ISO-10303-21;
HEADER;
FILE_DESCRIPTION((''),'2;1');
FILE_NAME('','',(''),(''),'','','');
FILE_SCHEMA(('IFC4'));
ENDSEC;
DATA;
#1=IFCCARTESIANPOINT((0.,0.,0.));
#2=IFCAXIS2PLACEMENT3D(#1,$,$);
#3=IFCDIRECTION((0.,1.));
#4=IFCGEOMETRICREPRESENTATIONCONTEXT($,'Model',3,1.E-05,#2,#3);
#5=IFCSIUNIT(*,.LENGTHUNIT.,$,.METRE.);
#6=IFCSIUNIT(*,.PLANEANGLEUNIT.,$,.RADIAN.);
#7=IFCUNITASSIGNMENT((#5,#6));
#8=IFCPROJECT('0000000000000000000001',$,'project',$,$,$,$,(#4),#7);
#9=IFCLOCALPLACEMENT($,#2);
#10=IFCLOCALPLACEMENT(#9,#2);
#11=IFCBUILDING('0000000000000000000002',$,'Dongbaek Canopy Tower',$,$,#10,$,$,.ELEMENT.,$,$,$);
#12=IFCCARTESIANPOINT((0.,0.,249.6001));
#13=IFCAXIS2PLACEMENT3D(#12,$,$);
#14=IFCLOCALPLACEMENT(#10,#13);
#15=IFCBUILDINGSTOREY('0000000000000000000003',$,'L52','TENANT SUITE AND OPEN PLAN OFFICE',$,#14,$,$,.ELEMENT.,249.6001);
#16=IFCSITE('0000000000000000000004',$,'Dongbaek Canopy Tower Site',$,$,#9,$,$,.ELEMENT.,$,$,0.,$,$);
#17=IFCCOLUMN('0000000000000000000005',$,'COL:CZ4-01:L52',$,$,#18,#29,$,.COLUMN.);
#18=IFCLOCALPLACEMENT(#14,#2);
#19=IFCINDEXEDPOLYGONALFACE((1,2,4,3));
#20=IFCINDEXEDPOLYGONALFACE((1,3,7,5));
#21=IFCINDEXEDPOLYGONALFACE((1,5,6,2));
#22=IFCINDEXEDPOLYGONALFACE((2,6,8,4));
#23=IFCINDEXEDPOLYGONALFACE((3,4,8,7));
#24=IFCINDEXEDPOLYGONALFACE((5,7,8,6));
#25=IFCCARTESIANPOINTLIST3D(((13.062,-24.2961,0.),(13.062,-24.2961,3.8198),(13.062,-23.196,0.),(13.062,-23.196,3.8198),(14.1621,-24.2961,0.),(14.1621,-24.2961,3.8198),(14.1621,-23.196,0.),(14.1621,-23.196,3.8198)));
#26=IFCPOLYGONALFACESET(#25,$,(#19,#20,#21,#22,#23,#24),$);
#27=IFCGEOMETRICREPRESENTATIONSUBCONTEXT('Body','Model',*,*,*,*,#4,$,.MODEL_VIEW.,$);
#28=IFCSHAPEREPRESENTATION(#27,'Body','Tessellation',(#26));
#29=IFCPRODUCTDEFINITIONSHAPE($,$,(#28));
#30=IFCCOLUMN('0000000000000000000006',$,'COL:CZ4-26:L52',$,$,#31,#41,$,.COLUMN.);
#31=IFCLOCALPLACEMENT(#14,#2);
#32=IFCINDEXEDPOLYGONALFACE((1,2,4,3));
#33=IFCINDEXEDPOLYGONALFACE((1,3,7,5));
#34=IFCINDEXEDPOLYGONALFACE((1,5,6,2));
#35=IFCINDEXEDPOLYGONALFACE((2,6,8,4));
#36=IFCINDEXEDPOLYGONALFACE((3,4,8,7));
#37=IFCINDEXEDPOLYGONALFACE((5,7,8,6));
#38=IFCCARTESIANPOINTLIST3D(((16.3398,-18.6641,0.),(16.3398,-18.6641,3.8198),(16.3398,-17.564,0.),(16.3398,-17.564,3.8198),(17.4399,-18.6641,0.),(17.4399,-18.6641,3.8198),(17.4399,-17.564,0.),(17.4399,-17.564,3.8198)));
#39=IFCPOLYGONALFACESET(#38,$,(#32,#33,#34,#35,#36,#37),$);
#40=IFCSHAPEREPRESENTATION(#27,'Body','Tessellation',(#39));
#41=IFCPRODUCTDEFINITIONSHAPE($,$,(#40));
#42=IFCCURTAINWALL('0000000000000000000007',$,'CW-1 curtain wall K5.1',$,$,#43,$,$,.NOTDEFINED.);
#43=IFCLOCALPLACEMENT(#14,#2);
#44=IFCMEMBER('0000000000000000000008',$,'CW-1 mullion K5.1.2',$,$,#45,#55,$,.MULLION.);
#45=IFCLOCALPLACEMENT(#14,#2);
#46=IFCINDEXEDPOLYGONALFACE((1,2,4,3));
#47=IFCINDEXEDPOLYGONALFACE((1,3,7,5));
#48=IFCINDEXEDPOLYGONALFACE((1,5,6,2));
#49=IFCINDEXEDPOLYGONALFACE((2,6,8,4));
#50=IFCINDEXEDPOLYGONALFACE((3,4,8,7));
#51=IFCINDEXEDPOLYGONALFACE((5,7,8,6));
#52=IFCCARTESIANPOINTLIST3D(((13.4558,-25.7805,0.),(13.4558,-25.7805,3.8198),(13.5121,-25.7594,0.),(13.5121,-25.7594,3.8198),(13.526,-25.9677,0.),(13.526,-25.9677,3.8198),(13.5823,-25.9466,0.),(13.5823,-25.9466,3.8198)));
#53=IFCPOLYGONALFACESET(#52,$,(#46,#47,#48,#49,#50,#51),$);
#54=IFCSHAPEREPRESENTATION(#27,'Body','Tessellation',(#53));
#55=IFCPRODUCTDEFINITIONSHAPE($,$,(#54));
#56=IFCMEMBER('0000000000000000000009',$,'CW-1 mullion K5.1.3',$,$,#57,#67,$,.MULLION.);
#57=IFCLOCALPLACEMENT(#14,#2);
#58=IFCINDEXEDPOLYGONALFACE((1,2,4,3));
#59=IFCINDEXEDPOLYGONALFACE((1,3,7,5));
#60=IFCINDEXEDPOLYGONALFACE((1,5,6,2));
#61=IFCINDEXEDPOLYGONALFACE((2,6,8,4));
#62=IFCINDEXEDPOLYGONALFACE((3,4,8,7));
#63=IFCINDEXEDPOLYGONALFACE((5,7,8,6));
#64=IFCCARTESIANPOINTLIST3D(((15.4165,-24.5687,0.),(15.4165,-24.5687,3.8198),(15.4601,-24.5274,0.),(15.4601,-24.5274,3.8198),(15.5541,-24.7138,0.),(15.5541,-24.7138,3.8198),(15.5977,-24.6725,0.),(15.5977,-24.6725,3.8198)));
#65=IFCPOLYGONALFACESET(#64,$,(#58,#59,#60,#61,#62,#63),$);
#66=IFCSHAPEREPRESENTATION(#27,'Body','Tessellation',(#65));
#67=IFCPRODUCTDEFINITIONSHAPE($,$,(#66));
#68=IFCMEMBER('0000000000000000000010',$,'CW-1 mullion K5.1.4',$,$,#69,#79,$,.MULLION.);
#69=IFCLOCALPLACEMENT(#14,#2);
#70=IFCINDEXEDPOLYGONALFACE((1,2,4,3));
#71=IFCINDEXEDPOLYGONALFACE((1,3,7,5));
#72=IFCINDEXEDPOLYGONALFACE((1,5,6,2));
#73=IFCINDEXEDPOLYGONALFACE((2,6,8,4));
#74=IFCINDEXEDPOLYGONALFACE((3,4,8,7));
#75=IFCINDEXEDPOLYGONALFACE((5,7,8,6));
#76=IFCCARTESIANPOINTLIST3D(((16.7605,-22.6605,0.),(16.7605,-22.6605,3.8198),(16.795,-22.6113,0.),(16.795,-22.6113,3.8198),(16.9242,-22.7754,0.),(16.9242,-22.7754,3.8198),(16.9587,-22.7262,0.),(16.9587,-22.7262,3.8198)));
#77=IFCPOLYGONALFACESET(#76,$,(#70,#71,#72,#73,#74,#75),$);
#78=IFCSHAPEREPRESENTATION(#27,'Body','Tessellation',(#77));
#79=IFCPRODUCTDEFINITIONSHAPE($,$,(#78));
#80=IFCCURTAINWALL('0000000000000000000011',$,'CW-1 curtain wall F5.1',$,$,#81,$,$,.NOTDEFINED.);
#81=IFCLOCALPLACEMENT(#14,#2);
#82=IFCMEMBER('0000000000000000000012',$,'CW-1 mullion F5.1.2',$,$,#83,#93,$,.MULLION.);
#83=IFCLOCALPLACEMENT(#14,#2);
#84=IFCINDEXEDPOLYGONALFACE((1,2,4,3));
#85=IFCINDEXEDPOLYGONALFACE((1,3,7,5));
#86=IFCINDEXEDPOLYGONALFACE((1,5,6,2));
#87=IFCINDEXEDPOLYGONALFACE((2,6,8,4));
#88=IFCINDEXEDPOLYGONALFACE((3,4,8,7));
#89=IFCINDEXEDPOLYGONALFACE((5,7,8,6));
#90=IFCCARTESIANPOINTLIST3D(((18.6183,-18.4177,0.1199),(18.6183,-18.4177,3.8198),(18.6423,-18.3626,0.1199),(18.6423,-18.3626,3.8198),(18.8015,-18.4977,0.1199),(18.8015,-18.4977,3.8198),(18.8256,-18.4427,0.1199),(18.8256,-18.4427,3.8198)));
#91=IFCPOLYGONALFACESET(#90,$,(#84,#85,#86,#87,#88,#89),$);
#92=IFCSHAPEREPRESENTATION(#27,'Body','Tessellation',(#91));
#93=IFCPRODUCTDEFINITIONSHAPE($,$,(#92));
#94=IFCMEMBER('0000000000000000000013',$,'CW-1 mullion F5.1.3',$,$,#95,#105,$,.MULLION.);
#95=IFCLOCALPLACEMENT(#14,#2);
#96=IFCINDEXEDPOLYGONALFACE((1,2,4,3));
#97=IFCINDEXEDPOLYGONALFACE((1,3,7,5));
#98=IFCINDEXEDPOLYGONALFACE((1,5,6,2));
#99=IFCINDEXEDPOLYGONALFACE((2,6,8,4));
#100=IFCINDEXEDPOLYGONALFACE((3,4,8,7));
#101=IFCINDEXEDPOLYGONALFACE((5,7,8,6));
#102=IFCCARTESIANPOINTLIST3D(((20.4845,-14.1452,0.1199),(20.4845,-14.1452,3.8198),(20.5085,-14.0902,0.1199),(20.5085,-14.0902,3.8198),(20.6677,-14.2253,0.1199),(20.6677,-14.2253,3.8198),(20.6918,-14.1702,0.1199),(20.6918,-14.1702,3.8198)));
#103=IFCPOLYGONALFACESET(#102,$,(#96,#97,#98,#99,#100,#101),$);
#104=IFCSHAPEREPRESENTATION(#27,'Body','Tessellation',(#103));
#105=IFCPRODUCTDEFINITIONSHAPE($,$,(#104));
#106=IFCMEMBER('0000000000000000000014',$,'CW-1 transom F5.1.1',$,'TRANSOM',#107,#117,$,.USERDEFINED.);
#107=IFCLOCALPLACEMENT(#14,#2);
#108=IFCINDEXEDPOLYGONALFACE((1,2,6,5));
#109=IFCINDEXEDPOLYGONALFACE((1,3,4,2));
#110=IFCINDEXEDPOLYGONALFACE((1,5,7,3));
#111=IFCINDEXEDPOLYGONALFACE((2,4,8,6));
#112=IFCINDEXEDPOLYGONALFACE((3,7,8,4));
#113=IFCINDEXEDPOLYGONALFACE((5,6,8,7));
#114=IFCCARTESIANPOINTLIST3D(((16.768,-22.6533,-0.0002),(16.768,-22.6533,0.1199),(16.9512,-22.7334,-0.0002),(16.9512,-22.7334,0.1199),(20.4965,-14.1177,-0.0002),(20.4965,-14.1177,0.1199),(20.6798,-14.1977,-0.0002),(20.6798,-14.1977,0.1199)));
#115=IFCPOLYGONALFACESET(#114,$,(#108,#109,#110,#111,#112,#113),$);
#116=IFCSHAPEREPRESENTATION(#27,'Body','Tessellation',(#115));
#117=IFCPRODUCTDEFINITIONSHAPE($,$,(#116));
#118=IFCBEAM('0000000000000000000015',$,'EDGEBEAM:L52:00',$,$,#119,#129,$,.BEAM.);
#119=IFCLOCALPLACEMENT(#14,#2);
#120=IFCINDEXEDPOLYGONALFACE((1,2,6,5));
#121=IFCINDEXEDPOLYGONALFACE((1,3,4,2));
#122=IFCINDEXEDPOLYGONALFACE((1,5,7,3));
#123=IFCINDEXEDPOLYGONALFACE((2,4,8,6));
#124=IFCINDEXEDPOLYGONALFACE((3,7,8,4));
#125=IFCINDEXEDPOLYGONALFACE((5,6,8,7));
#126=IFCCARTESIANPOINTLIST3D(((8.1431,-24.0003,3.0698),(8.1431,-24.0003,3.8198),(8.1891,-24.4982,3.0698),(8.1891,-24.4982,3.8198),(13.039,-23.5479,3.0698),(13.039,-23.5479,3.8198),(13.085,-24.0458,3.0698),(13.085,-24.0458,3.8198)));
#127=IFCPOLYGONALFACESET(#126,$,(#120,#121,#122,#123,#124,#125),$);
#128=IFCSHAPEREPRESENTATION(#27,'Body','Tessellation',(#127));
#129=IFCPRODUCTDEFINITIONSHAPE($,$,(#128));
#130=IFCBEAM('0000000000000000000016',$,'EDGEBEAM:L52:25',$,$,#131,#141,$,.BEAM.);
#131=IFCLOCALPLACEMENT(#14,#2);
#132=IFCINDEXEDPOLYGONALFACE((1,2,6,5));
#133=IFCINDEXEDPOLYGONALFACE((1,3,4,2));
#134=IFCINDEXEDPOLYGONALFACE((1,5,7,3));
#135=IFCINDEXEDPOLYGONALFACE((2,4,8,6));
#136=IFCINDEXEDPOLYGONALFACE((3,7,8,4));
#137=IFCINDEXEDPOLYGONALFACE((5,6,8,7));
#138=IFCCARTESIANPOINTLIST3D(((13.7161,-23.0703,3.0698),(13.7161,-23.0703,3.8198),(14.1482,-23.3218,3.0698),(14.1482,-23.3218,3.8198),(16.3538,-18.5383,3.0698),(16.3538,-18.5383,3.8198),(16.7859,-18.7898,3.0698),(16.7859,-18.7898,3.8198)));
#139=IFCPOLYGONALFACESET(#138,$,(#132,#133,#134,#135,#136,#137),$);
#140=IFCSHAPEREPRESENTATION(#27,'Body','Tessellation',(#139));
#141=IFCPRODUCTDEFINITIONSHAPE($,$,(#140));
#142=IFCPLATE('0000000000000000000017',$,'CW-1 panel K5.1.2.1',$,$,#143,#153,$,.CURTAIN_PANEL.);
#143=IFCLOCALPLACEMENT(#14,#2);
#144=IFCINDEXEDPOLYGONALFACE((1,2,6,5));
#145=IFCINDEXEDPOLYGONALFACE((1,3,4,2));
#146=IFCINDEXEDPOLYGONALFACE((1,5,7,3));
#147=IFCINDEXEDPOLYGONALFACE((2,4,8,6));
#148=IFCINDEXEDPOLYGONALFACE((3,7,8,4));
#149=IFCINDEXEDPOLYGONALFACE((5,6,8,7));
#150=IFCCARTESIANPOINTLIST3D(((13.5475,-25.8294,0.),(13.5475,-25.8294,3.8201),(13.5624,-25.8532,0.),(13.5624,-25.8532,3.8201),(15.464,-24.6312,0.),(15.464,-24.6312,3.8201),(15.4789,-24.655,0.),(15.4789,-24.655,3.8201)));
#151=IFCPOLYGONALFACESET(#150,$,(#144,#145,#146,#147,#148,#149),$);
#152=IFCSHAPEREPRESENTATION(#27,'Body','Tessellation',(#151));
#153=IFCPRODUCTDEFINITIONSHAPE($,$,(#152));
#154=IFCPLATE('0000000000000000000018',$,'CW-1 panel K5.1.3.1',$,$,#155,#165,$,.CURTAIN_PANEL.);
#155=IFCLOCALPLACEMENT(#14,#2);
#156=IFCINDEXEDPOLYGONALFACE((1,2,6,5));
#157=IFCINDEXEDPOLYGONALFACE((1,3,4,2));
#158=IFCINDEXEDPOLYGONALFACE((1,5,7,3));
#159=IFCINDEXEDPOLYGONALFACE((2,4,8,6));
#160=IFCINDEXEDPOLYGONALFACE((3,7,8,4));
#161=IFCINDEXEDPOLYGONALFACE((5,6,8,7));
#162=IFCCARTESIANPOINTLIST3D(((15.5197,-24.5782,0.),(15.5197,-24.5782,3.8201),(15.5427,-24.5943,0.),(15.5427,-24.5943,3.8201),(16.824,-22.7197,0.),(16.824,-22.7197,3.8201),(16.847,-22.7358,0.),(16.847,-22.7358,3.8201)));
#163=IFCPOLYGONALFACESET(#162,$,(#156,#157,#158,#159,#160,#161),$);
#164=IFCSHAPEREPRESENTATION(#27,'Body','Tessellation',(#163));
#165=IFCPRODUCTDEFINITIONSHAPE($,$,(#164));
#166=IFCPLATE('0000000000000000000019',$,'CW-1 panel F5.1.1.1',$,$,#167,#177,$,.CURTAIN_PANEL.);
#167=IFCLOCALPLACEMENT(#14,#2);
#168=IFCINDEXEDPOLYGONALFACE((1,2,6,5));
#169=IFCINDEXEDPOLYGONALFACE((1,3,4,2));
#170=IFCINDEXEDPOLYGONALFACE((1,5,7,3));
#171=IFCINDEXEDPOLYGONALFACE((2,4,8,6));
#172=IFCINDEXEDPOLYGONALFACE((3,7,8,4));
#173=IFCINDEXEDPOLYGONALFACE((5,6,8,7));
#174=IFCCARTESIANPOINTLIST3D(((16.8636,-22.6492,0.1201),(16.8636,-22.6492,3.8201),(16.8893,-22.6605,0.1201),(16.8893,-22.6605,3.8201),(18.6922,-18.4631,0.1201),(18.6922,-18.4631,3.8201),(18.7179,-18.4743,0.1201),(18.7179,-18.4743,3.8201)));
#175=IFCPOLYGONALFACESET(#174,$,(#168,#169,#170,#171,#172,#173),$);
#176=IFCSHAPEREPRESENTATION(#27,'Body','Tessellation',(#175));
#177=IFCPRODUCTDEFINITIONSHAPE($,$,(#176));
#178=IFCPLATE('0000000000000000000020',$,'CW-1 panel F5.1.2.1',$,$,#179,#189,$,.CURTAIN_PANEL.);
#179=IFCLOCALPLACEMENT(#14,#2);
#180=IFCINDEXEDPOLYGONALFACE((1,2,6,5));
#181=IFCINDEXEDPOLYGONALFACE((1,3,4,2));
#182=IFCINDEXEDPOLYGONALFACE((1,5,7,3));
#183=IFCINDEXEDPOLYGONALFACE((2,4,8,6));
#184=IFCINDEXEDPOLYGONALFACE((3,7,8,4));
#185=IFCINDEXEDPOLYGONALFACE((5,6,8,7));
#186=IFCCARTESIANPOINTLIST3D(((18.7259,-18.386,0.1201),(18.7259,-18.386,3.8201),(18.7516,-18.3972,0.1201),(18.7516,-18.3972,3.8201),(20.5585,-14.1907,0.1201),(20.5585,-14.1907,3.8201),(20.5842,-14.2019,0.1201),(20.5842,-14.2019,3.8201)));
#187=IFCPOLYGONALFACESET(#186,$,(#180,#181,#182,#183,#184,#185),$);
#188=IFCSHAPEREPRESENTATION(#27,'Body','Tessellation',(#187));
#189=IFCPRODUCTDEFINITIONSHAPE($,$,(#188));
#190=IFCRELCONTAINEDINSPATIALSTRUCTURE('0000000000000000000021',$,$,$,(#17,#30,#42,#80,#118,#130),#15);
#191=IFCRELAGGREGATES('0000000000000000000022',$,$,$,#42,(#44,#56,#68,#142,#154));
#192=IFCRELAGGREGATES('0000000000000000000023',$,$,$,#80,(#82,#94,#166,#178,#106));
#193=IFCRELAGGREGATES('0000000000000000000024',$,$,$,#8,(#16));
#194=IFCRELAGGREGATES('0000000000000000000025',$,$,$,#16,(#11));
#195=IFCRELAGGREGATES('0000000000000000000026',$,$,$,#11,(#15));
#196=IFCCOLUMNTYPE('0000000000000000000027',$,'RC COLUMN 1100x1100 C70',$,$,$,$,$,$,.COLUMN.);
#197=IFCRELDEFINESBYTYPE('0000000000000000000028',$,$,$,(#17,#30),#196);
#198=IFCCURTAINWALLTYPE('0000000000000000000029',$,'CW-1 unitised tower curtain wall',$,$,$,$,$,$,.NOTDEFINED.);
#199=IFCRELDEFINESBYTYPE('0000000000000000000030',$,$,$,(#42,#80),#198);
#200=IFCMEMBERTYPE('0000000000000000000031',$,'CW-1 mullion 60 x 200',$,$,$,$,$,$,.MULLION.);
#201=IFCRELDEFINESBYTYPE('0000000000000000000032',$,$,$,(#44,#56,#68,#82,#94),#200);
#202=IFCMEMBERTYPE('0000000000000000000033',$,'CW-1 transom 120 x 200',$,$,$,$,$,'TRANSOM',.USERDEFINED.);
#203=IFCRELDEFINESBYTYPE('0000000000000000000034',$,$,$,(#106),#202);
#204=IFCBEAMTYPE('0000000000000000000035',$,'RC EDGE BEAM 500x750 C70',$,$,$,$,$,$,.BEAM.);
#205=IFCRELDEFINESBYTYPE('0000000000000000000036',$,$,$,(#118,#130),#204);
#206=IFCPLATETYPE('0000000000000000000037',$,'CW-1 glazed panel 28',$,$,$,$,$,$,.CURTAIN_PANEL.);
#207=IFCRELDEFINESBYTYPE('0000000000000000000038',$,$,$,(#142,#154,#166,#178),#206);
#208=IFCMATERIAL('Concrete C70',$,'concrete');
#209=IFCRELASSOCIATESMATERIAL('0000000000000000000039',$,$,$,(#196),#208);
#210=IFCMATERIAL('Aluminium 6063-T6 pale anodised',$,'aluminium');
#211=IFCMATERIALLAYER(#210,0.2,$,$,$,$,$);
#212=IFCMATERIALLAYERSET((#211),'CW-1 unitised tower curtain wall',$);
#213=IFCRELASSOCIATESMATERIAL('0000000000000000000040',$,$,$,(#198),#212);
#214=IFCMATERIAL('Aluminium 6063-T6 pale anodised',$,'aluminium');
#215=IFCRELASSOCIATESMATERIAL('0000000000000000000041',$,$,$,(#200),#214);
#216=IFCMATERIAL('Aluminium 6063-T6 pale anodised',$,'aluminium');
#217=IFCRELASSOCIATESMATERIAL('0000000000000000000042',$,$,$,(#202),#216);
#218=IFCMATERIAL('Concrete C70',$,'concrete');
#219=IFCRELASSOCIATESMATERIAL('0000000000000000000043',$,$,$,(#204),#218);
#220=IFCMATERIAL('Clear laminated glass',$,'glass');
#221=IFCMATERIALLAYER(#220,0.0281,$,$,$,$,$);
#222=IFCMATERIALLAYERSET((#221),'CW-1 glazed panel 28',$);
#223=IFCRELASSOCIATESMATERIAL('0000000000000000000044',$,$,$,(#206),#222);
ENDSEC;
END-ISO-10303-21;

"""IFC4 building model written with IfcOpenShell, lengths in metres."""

from ifc_helpers import new_model, si_unit, direction, frame, origin, origin_2d, place, context, subcontext, project, spatial, rectangle, extrude, material, layer, layer_set, material_profile, profile_set, type_object, element, aggregate, save


model = new_model("IFC4")

# Units and contexts
model_context = context("Model", 3, precision=1e-05, world=origin(), true_north=direction((0.0, 1.0)))
body_context = subcontext(model_context, "Body", "Model", "MODEL_VIEW")
ifc_project = project(units=[si_unit("LENGTHUNIT", "METRE"), si_unit("PLANEANGLEUNIT", "RADIAN")], contexts=[model_context])

# Site, building, storey
site_placement = place(None, origin())
site = spatial("IfcSite", under=ifc_project, at=site_placement, Name="Dongbaek Canopy Tower Site", CompositionType="ELEMENT", RefElevation=0.0)
building_placement = place(site_placement, origin())
building = spatial("IfcBuilding", under=site, at=building_placement, Name="Dongbaek Canopy Tower", CompositionType="ELEMENT")
storey_placement = place(building_placement, frame((0.0, 0.0, 249.6001)))
storey = spatial("IfcBuildingStorey", under=building, at=storey_placement, Name="L52", Description="TENANT SUITE AND OPEN PLAN OFFICE", CompositionType="ELEMENT", Elevation=249.6001)

# Columns
ifc_material_1 = material(Name="Concrete C70", Category="concrete")
ifc_material_profile_1 = material_profile(ifc_material_1, rectangle(XDim=1.1001, YDim=1.1001, at=origin_2d()), Name="RC COLUMN 1100x1100 C70")
ifc_profile_set_1 = profile_set([ifc_material_profile_1], Name="Concrete C70")
column_type = type_object("IfcColumnType", Name="RC COLUMN 1100x1100 C70", PredefinedType="COLUMN", material=ifc_profile_set_1)
for number, where, z_axis, x_axis, name in (
    (1, (13.6121, -23.7461, 0.0), (0.0, 0.0, 1.0), (1.0, 0.0, 0.0), "COL:CZ4-01:L52"),
    (2, (16.8899, -18.114, 0.0), (0.0, 0.0, 1.0), (1.0, 0.0, 0.0), "COL:CZ4-26:L52"),
):
    element("IfcColumn", number, at=place(storey_placement, frame(where, z_axis=z_axis, x_axis=x_axis)), inside=storey, type_object=column_type, Name=name, PredefinedType="COLUMN", context=body_context, shape_type="SweptSolid", body=[
        extrude(rectangle(XDim=1.1001, YDim=1.1001, at=origin_2d()), origin(), (0.0, 0.0, 1.0), 3.8198),
    ])

# Curtain walls, members
ifc_material_2 = material(Name="Aluminium 6063-T6 pale anodised", Category="aluminium")
ifc_layer_1 = layer(ifc_material_2, 0.2)
ifc_layer_set_1 = layer_set([ifc_layer_1], Name="CW-1 unitised tower curtain wall")
curtain_wall_type = type_object("IfcCurtainWallType", Name="CW-1 unitised tower curtain wall", PredefinedType="NOTDEFINED", material=ifc_layer_set_1)
curtain_wall_1_placement = place(storey_placement, origin())
curtain_wall_1 = element("IfcCurtainWall", 3, at=curtain_wall_1_placement, inside=storey, type_object=curtain_wall_type, Name="CW-1 curtain wall K5.1", PredefinedType="NOTDEFINED")
ifc_material_3 = material(Name="Aluminium 6063-T6 pale anodised", Category="aluminium")
ifc_material_profile_2 = material_profile(ifc_material_3, rectangle(XDim=0.2, YDim=0.0601, at=origin_2d()), Name="CW-1 mullion 60 x 200")
ifc_profile_set_2 = profile_set([ifc_material_profile_2], Name="Aluminium 6063-T6 pale anodised")
member_type_1 = type_object("IfcMemberType", Name="CW-1 mullion 60 x 200", PredefinedType="MULLION", material=ifc_profile_set_2)
member_1_placement = place(storey_placement, frame((13.519, -25.8635, 0.0), z_axis=(0.0, 0.0, 1.0), x_axis=(0.351017, -0.936369, 0.0)))
member_1 = element("IfcMember", 4, at=member_1_placement, type_object=member_type_1, Name="CW-1 mullion K5.1.2", PredefinedType="MULLION", context=body_context, shape_type="SweptSolid", body=[
    extrude(rectangle(XDim=0.2, YDim=0.0601, at=origin_2d()), origin(), (0.0, 0.0, 1.0), 3.8198),
])
member_2_placement = place(storey_placement, frame((15.5071, -24.6206, 0.0), z_axis=(0.0, 0.0, 1.0), x_axis=(0.688056, -0.725657, 0.0)))
member_2 = element("IfcMember", 5, at=member_2_placement, type_object=member_type_1, Name="CW-1 mullion K5.1.3", PredefinedType="MULLION", context=body_context, shape_type="SweptSolid", body=[
    extrude(rectangle(XDim=0.2, YDim=0.0601, at=origin_2d()), origin(), (0.0, 0.0, 1.0), 3.8198),
])
member_3_placement = place(storey_placement, frame((16.8596, -22.6934, 0.0), z_axis=(0.0, 0.0, 1.0), x_axis=(0.81855, -0.574435, 0.0)))
member_3 = element("IfcMember", 6, at=member_3_placement, type_object=member_type_1, Name="CW-1 mullion K5.1.4", PredefinedType="MULLION", context=body_context, shape_type="SweptSolid", body=[
    extrude(rectangle(XDim=0.2, YDim=0.0601, at=origin_2d()), origin(), (0.0, 0.0, 1.0), 3.8198),
])
curtain_wall_2_placement = place(storey_placement, origin())
curtain_wall_2 = element("IfcCurtainWall", 7, at=curtain_wall_2_placement, inside=storey, type_object=curtain_wall_type, Name="CW-1 curtain wall F5.1", PredefinedType="NOTDEFINED")
member_4_placement = place(storey_placement, frame((18.7219, -18.4302, 0.1199), z_axis=(0.0, 0.0, 1.0), x_axis=(0.916386, -0.400295, 0.0)))
member_4 = element("IfcMember", 8, at=member_4_placement, type_object=member_type_1, Name="CW-1 mullion F5.1.2", PredefinedType="MULLION", context=body_context, shape_type="SweptSolid", body=[
    extrude(rectangle(XDim=0.2, YDim=0.0601, at=origin_2d()), origin(), (0.0, 0.0, 1.0), 3.7),
])
member_5_placement = place(storey_placement, frame((20.5881, -14.1577, 0.1199), z_axis=(0.0, 0.0, 1.0), x_axis=(0.916386, -0.400295, 0.0)))
member_5 = element("IfcMember", 9, at=member_5_placement, type_object=member_type_1, Name="CW-1 mullion F5.1.3", PredefinedType="MULLION", context=body_context, shape_type="SweptSolid", body=[
    extrude(rectangle(XDim=0.2, YDim=0.0601, at=origin_2d()), origin(), (0.0, 0.0, 1.0), 3.7),
])
ifc_material_4 = material(Name="Aluminium 6063-T6 pale anodised", Category="aluminium")
ifc_material_profile_3 = material_profile(ifc_material_4, rectangle(XDim=0.2, YDim=0.1201, at=origin_2d()), Name="CW-1 transom 120 x 200")
ifc_profile_set_3 = profile_set([ifc_material_profile_3], Name="Aluminium 6063-T6 pale anodised")
member_type_2 = type_object("IfcMemberType", Name="CW-1 transom 120 x 200", ElementType="TRANSOM", PredefinedType="USERDEFINED", material=ifc_profile_set_3)
member_6_placement = place(storey_placement, frame((16.8596, -22.6934, 0.0598), z_axis=(0.400294, 0.916387, 0.0), x_axis=(-0.916387, 0.400294, 0.0)))
member_6 = element("IfcMember", 10, at=member_6_placement, type_object=member_type_2, Name="CW-1 transom F5.1.1", ObjectType="TRANSOM", PredefinedType="USERDEFINED", context=body_context, shape_type="SweptSolid", body=[
    extrude(rectangle(XDim=0.2, YDim=0.1201, at=origin_2d()), origin(), (0.0, 0.0, 1.0), 9.3145),
])

# Beams
ifc_material_5 = material(Name="Concrete C70", Category="concrete")
ifc_material_profile_4 = material_profile(ifc_material_5, rectangle(XDim=0.5, YDim=0.75, at=origin_2d()), Name="RC EDGE BEAM 500x750 C70")
ifc_profile_set_4 = profile_set([ifc_material_profile_4], Name="Concrete C70")
beam_type = type_object("IfcBeamType", Name="RC EDGE BEAM 500x750 C70", PredefinedType="BEAM", material=ifc_profile_set_4)
beam_1_placement = place(storey_placement, frame((13.062, -23.7969, 3.4448), z_axis=(-0.995758, -0.092009, 0.0), x_axis=(0.092009, -0.995758, 0.0)))
element("IfcBeam", 11, at=beam_1_placement, inside=storey, type_object=beam_type, Name="EDGEBEAM:L52:00", PredefinedType="BEAM", context=body_context, shape_type="SweptSolid", body=[
    extrude(rectangle(XDim=0.5, YDim=0.75, at=origin_2d()), origin(), (0.0, 0.0, 1.0), 4.9167),
])
beam_2_placement = place(storey_placement, frame((16.5698, -18.6641, 3.4448), z_axis=(-0.503023, -0.864273, 0.0), x_axis=(0.864273, -0.503023, 0.0)))
element("IfcBeam", 12, at=beam_2_placement, inside=storey, type_object=beam_type, Name="EDGEBEAM:L52:25", PredefinedType="BEAM", context=body_context, shape_type="SweptSolid", body=[
    extrude(rectangle(XDim=0.5, YDim=0.75, at=origin_2d()), origin(), (0.0, 0.0, 1.0), 5.2437),
])

# Plates
ifc_material_6 = material(Name="Clear laminated glass", Category="glass")
ifc_layer_2 = layer(ifc_material_6, 0.0281)
ifc_layer_set_2 = layer_set([ifc_layer_2], Name="CW-1 glazed panel 28")
plate_type = type_object("IfcPlateType", Name="CW-1 glazed panel 28", PredefinedType="CURTAIN_PANEL", material=ifc_layer_set_2)
plate_1_placement = place(storey_placement, frame((14.5132, -25.2422, 0.0), z_axis=(0.0, 0.0, 1.0), x_axis=(0.847928, 0.530111, 0.0)))
plate_1 = element("IfcPlate", 13, at=plate_1_placement, type_object=plate_type, Name="CW-1 panel K5.1.2.1", PredefinedType="CURTAIN_PANEL", context=body_context, shape_type="SweptSolid", body=[
    extrude(rectangle(XDim=2.2603, YDim=0.0281, at=origin_2d()), origin(), (0.0, 0.0, 1.0), 3.8201),
])
plate_2_placement = place(storey_placement, frame((16.1833, -23.657, 0.0), z_axis=(0.0, 0.0, 1.0), x_axis=(0.574435, 0.81855, 0.0)))
plate_2 = element("IfcPlate", 14, at=plate_2_placement, type_object=plate_type, Name="CW-1 panel K5.1.3.1", PredefinedType="CURTAIN_PANEL", context=body_context, shape_type="SweptSolid", body=[
    extrude(rectangle(XDim=2.2705, YDim=0.0281, at=origin_2d()), origin(), (0.0, 0.0, 1.0), 3.8201),
])
aggregate(curtain_wall_1, [member_1, member_2, member_3, plate_1, plate_2])
plate_3_placement = place(storey_placement, frame((17.7908, -20.5618, 0.1201), z_axis=(0.0, 0.0, 1.0), x_axis=(0.400295, 0.916386, 0.0)))
plate_3 = element("IfcPlate", 15, at=plate_3_placement, type_object=plate_type, Name="CW-1 panel F5.1.1.1", PredefinedType="CURTAIN_PANEL", context=body_context, shape_type="SweptSolid", body=[
    extrude(rectangle(XDim=4.5681, YDim=0.0281, at=origin_2d()), origin(), (0.0, 0.0, 1.0), 3.7),
])
plate_4_placement = place(storey_placement, frame((19.655, -16.2939, 0.1201), z_axis=(0.0, 0.0, 1.0), x_axis=(0.400295, 0.916386, 0.0)))
plate_4 = element("IfcPlate", 16, at=plate_4_placement, type_object=plate_type, Name="CW-1 panel F5.1.2.1", PredefinedType="CURTAIN_PANEL", context=body_context, shape_type="SweptSolid", body=[
    extrude(rectangle(XDim=4.5781, YDim=0.0281, at=origin_2d()), origin(), (0.0, 0.0, 1.0), 3.7),
])

aggregate(curtain_wall_2, [member_4, member_5, plate_3, plate_4, member_6])

save(model, "model.ifc")
